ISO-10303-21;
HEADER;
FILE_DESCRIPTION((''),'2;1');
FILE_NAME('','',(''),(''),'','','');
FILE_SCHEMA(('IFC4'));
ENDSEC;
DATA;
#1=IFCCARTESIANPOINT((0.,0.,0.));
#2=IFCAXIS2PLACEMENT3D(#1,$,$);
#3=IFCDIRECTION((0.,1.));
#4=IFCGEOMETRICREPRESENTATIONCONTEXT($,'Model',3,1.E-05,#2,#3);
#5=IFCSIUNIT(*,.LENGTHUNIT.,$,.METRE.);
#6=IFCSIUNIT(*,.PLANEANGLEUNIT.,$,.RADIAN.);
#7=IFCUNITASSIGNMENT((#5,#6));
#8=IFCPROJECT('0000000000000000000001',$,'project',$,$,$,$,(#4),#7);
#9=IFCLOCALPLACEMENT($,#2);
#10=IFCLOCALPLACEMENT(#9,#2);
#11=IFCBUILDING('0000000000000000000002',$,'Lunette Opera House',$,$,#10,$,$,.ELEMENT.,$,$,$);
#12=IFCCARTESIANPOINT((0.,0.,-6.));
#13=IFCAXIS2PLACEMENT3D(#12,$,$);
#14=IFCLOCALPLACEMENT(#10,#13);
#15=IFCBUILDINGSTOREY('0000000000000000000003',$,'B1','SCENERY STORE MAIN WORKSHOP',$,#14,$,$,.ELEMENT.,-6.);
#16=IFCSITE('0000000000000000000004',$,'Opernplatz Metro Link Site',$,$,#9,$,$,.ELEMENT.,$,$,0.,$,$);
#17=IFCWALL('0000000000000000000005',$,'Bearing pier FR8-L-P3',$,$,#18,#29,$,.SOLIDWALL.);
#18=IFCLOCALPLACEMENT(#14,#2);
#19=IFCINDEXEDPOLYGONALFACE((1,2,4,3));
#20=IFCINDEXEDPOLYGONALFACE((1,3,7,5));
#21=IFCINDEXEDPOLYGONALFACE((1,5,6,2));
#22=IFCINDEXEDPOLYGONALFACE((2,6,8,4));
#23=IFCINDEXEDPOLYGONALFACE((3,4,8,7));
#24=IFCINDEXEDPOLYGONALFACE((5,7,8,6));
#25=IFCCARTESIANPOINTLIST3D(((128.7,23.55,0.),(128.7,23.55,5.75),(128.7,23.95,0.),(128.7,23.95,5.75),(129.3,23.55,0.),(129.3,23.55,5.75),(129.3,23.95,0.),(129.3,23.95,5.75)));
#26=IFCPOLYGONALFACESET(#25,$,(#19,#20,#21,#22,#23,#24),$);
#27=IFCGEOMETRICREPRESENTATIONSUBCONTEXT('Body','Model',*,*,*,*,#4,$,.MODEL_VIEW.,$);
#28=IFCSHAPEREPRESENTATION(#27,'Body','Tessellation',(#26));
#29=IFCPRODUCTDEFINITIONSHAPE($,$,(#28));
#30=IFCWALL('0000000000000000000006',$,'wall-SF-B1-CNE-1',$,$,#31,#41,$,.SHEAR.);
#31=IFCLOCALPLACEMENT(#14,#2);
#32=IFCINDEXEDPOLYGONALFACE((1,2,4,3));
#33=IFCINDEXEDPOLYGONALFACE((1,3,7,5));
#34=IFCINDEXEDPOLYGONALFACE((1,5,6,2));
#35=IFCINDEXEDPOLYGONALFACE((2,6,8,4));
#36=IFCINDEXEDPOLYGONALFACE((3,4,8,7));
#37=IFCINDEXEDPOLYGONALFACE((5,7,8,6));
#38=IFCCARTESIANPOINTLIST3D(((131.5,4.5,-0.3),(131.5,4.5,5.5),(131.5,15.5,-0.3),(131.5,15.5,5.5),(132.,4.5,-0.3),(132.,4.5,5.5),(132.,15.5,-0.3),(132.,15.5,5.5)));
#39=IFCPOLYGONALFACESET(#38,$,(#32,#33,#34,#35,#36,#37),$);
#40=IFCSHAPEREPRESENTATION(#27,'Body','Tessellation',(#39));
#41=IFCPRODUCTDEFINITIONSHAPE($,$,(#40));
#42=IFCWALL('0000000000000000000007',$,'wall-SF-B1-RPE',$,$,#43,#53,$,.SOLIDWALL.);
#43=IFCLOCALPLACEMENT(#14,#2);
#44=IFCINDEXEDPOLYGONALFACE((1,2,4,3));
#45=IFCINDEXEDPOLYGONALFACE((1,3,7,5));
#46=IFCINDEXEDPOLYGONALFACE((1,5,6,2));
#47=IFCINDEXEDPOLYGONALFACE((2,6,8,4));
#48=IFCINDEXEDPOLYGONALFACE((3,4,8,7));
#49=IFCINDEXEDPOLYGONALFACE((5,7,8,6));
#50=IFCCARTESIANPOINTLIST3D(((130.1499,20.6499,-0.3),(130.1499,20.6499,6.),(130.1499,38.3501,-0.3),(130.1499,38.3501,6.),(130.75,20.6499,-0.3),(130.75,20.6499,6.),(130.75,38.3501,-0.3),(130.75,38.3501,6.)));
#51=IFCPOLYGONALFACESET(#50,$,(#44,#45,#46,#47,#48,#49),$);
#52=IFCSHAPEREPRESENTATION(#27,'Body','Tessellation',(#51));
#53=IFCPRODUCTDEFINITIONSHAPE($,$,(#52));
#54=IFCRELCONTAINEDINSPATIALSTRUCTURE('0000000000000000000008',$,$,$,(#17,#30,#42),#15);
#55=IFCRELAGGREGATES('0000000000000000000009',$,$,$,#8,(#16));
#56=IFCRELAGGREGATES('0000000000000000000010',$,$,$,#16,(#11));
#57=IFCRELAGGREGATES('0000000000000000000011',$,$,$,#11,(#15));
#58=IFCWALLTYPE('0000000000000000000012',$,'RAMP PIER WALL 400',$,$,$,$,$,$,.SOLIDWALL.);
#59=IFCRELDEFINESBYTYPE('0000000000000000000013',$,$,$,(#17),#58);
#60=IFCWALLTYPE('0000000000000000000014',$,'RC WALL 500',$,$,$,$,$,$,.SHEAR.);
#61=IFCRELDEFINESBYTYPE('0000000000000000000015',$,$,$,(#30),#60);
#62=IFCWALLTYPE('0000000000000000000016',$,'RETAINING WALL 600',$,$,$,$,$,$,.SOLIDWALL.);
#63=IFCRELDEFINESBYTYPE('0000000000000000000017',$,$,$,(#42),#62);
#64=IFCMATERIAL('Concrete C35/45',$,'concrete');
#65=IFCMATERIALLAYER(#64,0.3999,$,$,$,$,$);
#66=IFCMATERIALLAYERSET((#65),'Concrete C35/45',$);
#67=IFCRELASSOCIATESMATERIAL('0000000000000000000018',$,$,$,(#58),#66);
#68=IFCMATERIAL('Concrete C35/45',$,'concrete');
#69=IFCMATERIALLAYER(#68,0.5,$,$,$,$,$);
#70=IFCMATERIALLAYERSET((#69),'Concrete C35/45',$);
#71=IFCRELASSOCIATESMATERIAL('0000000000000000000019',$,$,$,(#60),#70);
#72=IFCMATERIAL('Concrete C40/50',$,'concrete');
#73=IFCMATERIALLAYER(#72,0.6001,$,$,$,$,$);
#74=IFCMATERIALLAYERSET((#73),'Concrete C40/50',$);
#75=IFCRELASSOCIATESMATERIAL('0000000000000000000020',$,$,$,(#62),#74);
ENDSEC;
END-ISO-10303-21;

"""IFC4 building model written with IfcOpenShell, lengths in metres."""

from ifc_helpers import new_model, si_unit, direction, frame, frame_2d, origin, place, context, subcontext, project, spatial, rectangle, extrude, material, layer, layer_set, type_object, element, save


model = new_model("IFC4")

# Units and contexts
model_context = context("Model", 3, precision=1e-05, world=origin(), true_north=direction((0.0, 1.0)))
body_context = subcontext(model_context, "Body", "Model", "MODEL_VIEW")
ifc_project = project(units=[si_unit("LENGTHUNIT", "METRE"), si_unit("PLANEANGLEUNIT", "RADIAN")], contexts=[model_context])

# Site, building, storey
site_placement = place(None, origin())
site = spatial("IfcSite", under=ifc_project, at=site_placement, Name="Opernplatz Metro Link Site", CompositionType="ELEMENT", RefElevation=0.0)
building_placement = place(site_placement, origin())
building = spatial("IfcBuilding", under=site, at=building_placement, Name="Lunette Opera House", CompositionType="ELEMENT")
storey_placement = place(building_placement, frame((0.0, 0.0, -6.0)))
storey = spatial("IfcBuildingStorey", under=building, at=storey_placement, Name="B1", Description="SCENERY STORE MAIN WORKSHOP", CompositionType="ELEMENT", Elevation=-6.0)

# Walls
ifc_material_1 = material(Name="Concrete C35/45", Category="concrete")
ifc_layer_1 = layer(ifc_material_1, 0.3999)
ifc_layer_set_1 = layer_set([ifc_layer_1], Name="Concrete C35/45")
wall_type_1 = type_object("IfcWallType", Name="RAMP PIER WALL 400", PredefinedType="SOLIDWALL", material=ifc_layer_set_1)
wall_1_placement = place(storey_placement, frame((128.7, 23.75, 0.0), z_axis=(0.0, 0.0, 1.0), x_axis=(1.0, 0.0, 0.0)))
element("IfcWall", 1, at=wall_1_placement, inside=storey, type_object=wall_type_1, Name="Bearing pier FR8-L-P3", PredefinedType="SOLIDWALL", context=body_context, shape_type="SweptSolid", body=[
    extrude(rectangle(XDim=0.6001, YDim=0.3999, at=frame_2d((0.3, 0.0))), origin(), (0.0, 0.0, 1.0), 5.75),
])
ifc_material_2 = material(Name="Concrete C35/45", Category="concrete")
ifc_layer_2 = layer(ifc_material_2, 0.5)
ifc_layer_set_2 = layer_set([ifc_layer_2], Name="Concrete C35/45")
wall_type_2 = type_object("IfcWallType", Name="RC WALL 500", PredefinedType="SHEAR", material=ifc_layer_set_2)
wall_2_placement = place(storey_placement, frame((131.75, 4.5, -0.3), z_axis=(0.0, 0.0, 1.0), x_axis=(0.0, 1.0, 0.0)))
element("IfcWall", 2, at=wall_2_placement, inside=storey, type_object=wall_type_2, Name="wall-SF-B1-CNE-1", PredefinedType="SHEAR", context=body_context, shape_type="SweptSolid", body=[
    extrude(rectangle(XDim=11.0, YDim=0.5, at=frame_2d((5.5, 0.0))), origin(), (0.0, 0.0, 1.0), 5.8),
])
ifc_material_3 = material(Name="Concrete C40/50", Category="concrete")
ifc_layer_3 = layer(ifc_material_3, 0.6001)
ifc_layer_set_3 = layer_set([ifc_layer_3], Name="Concrete C40/50")
wall_type_3 = type_object("IfcWallType", Name="RETAINING WALL 600", PredefinedType="SOLIDWALL", material=ifc_layer_set_3)
wall_3_placement = place(storey_placement, frame((130.45, 20.6499, -0.3), z_axis=(0.0, 0.0, 1.0), x_axis=(0.0, 1.0, 0.0)))
element("IfcWall", 3, at=wall_3_placement, inside=storey, type_object=wall_type_3, Name="wall-SF-B1-RPE", PredefinedType="SOLIDWALL", context=body_context, shape_type="SweptSolid", body=[
    extrude(rectangle(XDim=17.7002, YDim=0.6001, at=frame_2d((8.8501, 0.0))), origin(), (0.0, 0.0, 1.0), 6.3),
])

save(model, "model.ifc")
